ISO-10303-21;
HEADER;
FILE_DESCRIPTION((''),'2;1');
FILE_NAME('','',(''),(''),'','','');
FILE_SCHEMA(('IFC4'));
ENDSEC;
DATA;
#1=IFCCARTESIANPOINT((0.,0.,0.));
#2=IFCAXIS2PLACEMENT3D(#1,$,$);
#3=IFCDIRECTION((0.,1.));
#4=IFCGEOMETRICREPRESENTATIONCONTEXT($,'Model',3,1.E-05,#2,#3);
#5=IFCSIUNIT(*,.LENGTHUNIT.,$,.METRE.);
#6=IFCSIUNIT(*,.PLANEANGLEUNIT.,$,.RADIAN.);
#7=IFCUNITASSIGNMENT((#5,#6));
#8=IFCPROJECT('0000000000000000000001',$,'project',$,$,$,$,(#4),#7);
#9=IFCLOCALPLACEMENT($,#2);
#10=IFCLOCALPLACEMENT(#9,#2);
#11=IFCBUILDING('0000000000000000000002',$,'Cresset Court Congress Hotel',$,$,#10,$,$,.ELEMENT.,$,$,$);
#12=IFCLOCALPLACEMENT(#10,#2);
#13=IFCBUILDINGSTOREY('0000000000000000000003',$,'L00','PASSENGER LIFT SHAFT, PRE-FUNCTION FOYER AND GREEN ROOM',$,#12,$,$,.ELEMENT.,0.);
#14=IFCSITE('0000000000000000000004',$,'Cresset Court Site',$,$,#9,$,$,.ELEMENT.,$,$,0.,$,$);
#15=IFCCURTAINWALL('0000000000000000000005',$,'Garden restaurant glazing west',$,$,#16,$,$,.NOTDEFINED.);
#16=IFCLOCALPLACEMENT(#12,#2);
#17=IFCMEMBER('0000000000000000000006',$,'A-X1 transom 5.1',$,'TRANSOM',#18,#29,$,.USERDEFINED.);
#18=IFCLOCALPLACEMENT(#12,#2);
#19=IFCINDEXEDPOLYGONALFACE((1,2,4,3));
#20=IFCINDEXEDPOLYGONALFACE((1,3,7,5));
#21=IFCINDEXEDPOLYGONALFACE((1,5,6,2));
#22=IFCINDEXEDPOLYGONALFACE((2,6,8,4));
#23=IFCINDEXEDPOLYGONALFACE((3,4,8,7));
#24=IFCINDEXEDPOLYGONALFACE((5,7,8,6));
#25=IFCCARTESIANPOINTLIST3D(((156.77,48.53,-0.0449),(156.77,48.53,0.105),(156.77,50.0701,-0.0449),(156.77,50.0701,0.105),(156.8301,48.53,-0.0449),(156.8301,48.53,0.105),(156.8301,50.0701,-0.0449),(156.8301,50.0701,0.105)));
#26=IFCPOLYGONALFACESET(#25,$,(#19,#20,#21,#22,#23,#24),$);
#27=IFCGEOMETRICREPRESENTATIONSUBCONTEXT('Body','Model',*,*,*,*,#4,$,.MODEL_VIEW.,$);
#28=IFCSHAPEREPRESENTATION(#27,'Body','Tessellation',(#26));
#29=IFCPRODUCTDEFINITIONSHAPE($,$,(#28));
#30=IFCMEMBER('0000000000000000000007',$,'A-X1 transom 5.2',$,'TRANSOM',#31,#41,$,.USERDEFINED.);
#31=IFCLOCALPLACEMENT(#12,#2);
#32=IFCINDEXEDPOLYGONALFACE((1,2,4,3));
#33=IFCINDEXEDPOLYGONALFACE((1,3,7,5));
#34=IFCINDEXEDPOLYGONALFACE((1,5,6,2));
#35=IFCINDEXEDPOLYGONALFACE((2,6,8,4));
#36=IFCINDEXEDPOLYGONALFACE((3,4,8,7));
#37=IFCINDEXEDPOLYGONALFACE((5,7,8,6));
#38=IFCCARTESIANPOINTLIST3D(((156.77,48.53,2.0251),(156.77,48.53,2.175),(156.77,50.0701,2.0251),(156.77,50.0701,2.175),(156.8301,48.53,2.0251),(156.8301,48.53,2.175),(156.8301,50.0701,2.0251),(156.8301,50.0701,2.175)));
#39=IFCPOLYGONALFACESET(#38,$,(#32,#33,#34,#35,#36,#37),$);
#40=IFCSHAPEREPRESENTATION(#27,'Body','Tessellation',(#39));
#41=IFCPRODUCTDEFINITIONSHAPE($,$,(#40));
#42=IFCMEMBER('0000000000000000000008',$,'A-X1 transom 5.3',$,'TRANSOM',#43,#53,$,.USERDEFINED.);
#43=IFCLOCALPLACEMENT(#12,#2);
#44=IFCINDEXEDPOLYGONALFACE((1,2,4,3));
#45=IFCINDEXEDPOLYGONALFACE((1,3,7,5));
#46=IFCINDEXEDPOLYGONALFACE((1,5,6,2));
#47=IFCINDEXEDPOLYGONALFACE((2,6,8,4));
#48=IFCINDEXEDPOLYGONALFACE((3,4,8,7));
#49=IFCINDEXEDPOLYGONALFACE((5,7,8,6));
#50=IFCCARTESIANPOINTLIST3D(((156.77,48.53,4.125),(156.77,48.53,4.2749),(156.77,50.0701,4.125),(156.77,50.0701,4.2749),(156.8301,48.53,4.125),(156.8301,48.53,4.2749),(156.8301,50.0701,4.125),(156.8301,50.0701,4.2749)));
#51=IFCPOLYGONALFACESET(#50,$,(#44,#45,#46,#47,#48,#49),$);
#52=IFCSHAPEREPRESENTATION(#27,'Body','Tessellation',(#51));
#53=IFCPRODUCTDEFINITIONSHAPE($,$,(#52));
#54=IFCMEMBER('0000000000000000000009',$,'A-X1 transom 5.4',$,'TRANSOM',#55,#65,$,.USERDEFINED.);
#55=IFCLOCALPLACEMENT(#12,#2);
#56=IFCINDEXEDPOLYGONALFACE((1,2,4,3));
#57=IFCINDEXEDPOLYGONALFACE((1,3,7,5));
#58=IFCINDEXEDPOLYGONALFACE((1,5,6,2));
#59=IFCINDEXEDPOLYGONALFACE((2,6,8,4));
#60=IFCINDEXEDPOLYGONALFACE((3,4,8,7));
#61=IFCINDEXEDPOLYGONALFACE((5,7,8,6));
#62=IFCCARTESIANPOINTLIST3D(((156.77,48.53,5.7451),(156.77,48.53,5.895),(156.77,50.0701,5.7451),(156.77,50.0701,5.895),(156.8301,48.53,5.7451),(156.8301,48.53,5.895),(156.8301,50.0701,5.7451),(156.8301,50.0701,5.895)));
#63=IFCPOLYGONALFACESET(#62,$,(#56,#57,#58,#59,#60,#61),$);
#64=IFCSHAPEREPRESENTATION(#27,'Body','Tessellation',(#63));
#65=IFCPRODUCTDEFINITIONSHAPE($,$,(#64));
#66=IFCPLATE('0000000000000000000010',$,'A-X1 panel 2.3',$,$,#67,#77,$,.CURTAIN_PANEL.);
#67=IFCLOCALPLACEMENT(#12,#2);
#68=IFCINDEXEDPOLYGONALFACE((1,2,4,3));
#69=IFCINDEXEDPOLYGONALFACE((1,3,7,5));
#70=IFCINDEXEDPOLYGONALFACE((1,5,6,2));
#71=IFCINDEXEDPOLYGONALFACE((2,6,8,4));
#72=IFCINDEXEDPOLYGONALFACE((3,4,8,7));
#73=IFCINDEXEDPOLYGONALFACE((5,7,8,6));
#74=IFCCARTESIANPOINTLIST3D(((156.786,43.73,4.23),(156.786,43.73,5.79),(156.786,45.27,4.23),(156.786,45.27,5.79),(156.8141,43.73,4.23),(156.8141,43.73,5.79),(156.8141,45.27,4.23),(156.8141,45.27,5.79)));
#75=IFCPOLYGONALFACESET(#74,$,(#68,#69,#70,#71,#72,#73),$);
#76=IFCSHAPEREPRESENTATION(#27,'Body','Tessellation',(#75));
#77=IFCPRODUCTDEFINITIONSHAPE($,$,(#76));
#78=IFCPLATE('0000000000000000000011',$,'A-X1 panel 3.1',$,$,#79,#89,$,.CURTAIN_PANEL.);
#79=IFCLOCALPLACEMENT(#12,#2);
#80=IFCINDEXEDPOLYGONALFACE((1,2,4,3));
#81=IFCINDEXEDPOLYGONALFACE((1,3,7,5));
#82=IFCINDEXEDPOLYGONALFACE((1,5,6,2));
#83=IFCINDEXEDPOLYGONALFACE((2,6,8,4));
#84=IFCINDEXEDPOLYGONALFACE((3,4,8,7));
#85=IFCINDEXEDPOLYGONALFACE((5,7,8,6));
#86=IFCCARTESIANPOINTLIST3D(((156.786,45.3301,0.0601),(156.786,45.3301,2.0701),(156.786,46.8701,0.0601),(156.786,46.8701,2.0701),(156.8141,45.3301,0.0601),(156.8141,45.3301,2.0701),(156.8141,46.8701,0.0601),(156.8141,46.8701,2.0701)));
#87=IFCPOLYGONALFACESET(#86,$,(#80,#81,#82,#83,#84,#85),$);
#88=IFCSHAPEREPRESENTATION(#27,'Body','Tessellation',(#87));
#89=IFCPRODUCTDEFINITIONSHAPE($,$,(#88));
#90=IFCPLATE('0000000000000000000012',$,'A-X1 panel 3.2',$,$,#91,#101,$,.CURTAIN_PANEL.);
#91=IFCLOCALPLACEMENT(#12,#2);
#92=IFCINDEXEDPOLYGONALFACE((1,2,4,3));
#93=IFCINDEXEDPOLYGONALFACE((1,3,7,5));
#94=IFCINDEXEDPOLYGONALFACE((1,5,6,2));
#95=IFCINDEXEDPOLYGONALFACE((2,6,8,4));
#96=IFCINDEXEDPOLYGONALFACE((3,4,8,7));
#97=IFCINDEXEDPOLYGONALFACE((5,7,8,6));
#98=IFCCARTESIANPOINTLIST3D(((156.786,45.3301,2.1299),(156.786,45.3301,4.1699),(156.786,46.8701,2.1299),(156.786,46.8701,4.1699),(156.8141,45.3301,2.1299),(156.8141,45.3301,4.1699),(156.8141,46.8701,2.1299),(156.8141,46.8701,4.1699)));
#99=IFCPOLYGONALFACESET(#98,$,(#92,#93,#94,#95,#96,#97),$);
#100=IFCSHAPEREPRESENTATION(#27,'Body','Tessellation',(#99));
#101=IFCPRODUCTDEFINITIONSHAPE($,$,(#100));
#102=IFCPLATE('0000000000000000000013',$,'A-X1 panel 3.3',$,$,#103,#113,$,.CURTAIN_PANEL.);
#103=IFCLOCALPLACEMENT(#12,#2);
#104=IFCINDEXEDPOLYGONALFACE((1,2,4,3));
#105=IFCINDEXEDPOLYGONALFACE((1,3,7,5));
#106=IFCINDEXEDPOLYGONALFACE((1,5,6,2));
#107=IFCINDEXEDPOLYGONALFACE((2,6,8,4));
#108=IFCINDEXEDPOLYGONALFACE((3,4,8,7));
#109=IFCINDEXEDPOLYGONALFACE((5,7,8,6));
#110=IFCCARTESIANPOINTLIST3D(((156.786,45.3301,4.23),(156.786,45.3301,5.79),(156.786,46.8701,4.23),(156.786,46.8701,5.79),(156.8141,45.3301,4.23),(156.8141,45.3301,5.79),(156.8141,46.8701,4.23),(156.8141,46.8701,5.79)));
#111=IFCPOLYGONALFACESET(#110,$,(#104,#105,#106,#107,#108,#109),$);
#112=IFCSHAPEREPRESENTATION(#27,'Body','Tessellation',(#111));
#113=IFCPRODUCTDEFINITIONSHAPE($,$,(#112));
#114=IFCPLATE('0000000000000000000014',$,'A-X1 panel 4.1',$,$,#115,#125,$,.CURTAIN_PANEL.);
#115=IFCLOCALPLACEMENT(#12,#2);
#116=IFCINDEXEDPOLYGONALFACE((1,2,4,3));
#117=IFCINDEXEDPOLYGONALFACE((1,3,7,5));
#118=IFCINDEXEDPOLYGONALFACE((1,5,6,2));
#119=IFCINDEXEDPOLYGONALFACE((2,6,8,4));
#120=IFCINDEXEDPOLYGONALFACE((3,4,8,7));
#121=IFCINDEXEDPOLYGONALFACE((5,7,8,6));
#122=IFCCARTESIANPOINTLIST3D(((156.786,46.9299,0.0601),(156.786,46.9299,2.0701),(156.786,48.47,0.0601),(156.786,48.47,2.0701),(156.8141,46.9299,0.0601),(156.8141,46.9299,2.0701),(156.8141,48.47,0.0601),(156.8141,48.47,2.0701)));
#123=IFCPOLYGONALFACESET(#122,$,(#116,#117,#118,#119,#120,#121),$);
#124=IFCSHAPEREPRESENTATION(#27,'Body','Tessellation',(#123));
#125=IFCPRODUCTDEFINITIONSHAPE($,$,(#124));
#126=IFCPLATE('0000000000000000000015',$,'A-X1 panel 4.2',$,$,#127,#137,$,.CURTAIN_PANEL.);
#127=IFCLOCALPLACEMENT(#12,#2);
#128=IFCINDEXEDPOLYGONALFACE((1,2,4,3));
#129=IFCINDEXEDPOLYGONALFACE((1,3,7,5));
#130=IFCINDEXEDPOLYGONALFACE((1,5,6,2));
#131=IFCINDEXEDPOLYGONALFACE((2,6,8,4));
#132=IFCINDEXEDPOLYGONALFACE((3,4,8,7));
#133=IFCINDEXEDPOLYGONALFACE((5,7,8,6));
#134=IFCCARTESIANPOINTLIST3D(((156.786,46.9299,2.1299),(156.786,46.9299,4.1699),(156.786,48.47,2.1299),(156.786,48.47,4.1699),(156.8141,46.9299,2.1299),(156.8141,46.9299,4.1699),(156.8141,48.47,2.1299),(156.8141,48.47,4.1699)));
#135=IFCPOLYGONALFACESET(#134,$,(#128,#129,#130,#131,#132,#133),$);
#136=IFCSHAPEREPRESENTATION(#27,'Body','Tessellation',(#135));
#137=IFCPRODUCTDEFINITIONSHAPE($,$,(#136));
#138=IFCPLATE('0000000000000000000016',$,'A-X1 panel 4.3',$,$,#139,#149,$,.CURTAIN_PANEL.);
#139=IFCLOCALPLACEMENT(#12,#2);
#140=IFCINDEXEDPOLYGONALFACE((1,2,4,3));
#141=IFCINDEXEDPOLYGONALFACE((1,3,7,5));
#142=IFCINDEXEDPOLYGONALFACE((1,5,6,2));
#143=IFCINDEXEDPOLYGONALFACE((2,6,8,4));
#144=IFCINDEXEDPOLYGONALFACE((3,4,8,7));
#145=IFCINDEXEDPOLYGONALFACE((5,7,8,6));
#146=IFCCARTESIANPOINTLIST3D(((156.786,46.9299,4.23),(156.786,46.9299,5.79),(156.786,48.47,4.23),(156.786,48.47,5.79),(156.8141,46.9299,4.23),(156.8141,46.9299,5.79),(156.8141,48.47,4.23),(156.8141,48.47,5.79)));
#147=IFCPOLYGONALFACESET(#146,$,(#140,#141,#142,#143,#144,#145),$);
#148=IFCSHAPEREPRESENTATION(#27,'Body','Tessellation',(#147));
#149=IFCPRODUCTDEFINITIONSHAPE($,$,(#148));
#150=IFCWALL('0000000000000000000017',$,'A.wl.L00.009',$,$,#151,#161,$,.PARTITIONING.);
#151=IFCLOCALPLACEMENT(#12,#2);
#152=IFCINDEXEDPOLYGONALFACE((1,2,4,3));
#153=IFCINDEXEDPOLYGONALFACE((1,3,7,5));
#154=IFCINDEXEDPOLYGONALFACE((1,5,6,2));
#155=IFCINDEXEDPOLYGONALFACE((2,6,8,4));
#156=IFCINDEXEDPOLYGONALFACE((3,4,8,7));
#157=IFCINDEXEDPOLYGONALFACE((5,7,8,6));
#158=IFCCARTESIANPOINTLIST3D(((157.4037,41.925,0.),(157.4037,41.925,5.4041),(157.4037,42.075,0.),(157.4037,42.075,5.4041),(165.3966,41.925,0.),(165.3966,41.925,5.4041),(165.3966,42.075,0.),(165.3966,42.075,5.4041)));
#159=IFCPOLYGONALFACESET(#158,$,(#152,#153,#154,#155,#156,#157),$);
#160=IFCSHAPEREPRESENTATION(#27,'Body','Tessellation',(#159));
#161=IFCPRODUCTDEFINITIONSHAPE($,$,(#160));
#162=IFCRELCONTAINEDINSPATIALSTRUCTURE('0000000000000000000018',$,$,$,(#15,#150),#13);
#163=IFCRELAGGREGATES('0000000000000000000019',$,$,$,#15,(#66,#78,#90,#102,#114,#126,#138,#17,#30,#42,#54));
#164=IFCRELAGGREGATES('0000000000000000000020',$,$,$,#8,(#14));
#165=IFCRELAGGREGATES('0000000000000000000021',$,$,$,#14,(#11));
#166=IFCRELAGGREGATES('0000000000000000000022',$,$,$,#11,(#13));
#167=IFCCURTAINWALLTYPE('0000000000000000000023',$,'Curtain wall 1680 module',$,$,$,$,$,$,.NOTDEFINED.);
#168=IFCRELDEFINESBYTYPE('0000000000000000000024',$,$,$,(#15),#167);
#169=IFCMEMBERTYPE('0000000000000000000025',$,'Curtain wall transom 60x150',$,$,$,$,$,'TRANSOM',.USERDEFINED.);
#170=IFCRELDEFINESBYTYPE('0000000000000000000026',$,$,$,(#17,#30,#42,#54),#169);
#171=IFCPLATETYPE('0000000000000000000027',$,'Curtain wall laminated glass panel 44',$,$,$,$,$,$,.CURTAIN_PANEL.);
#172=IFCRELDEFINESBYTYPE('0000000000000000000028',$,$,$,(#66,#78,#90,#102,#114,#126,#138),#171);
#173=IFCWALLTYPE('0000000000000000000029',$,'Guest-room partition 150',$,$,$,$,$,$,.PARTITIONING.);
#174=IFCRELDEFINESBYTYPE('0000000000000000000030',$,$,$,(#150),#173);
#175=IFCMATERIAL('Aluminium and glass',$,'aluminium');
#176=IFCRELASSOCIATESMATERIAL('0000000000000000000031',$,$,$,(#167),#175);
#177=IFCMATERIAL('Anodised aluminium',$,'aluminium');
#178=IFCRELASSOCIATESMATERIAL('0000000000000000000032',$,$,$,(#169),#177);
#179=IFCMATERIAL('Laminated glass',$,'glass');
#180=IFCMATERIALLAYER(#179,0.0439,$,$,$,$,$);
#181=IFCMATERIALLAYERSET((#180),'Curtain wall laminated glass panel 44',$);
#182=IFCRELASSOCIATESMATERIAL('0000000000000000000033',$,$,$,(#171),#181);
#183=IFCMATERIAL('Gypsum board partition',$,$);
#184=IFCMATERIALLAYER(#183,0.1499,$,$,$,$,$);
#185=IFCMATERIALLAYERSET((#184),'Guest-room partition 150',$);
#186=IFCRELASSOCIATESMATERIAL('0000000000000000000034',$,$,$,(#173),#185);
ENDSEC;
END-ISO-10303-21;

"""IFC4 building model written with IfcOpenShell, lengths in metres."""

from ifc_helpers import new_model, si_unit, direction, frame, frame_2d, origin, origin_2d, place, context, subcontext, project, spatial, rectangle, extrude, material, layer, layer_set, material_profile, profile_set, type_object, element, aggregate, save


model = new_model("IFC4")

# Units and contexts
model_context = context("Model", 3, precision=1e-05, world=origin(), true_north=direction((0.0, 1.0)))
body_context = subcontext(model_context, "Body", "Model", "MODEL_VIEW")
ifc_project = project(units=[si_unit("LENGTHUNIT", "METRE"), si_unit("PLANEANGLEUNIT", "RADIAN")], contexts=[model_context])

# Site, building, storey
site_placement = place(None, origin())
site = spatial("IfcSite", under=ifc_project, at=site_placement, Name="Cresset Court Site", CompositionType="ELEMENT", RefElevation=0.0)
building_placement = place(site_placement, origin())
building = spatial("IfcBuilding", under=site, at=building_placement, Name="Cresset Court Congress Hotel", CompositionType="ELEMENT")
storey_placement = place(building_placement, origin())
storey = spatial("IfcBuildingStorey", under=building, at=storey_placement, Name="L00", Description="PASSENGER LIFT SHAFT, PRE-FUNCTION FOYER AND GREEN ROOM", CompositionType="ELEMENT", Elevation=0.0)

# Curtain wall, members, plates
ifc_material_1 = material(Name="Aluminium and glass", Category="aluminium")
curtain_wall_type = type_object("IfcCurtainWallType", Name="Curtain wall 1680 module", PredefinedType="NOTDEFINED", material=ifc_material_1)
curtain_wall_placement = place(storey_placement, origin())
curtain_wall = element("IfcCurtainWall", 1, at=curtain_wall_placement, inside=storey, type_object=curtain_wall_type, Name="Garden restaurant glazing west", PredefinedType="NOTDEFINED")
ifc_material_2 = material(Name="Anodised aluminium", Category="aluminium")
ifc_material_profile_1 = material_profile(ifc_material_2, rectangle(XDim=0.0601, YDim=0.1499, at=origin_2d()), Name="RECT60x150")
ifc_profile_set_1 = profile_set([ifc_material_profile_1], Name="Anodised aluminium")
member_type_1 = type_object("IfcMemberType", Name="Curtain wall transom 60x150", ElementType="TRANSOM", PredefinedType="USERDEFINED", material=ifc_profile_set_1)
member_1_placement = place(storey_placement, frame((156.8, 48.53, 0.03), z_axis=(0.0, 1.0, 0.0), x_axis=(-1.0, 0.0, 0.0)))
member_1 = element("IfcMember", 2, at=member_1_placement, type_object=member_type_1, Name="A-X1 transom 5.1", ObjectType="TRANSOM", PredefinedType="USERDEFINED", context=body_context, shape_type="SweptSolid", body=[
    extrude(rectangle(XDim=0.0601, YDim=0.1499, at=origin_2d()), origin(), (0.0, 0.0, 1.0), 1.54),
])
member_2_placement = place(storey_placement, frame((156.8, 48.53, 2.1001), z_axis=(0.0, 1.0, 0.0), x_axis=(-1.0, 0.0, 0.0)))
member_2 = element("IfcMember", 3, at=member_2_placement, type_object=member_type_1, Name="A-X1 transom 5.2", ObjectType="TRANSOM", PredefinedType="USERDEFINED", context=body_context, shape_type="SweptSolid", body=[
    extrude(rectangle(XDim=0.0601, YDim=0.1499, at=origin_2d()), origin(), (0.0, 0.0, 1.0), 1.54),
])
member_3_placement = place(storey_placement, frame((156.8, 48.53, 4.2), z_axis=(0.0, 1.0, 0.0), x_axis=(-1.0, 0.0, 0.0)))
member_3 = element("IfcMember", 4, at=member_3_placement, type_object=member_type_1, Name="A-X1 transom 5.3", ObjectType="TRANSOM", PredefinedType="USERDEFINED", context=body_context, shape_type="SweptSolid", body=[
    extrude(rectangle(XDim=0.0601, YDim=0.1499, at=origin_2d()), origin(), (0.0, 0.0, 1.0), 1.54),
])
member_4_placement = place(storey_placement, frame((156.8, 48.53, 5.8201), z_axis=(0.0, 1.0, 0.0), x_axis=(-1.0, 0.0, 0.0)))
member_4 = element("IfcMember", 5, at=member_4_placement, type_object=member_type_1, Name="A-X1 transom 5.4", ObjectType="TRANSOM", PredefinedType="USERDEFINED", context=body_context, shape_type="SweptSolid", body=[
    extrude(rectangle(XDim=0.0601, YDim=0.1499, at=origin_2d()), origin(), (0.0, 0.0, 1.0), 1.54),
])
ifc_material_3 = material(Name="Laminated glass", Category="glass")
ifc_layer_1 = layer(ifc_material_3, 0.0439)
ifc_layer_set_1 = layer_set([ifc_layer_1], Name="Curtain wall laminated glass panel 44")
plate_type = type_object("IfcPlateType", Name="Curtain wall laminated glass panel 44", PredefinedType="CURTAIN_PANEL", material=ifc_layer_set_1)
plate_1_placement = place(storey_placement, frame((156.8, 44.5, 4.23), z_axis=(0.0, 0.0, 1.0), x_axis=(0.0, 1.0, 0.0)))
plate_1 = element("IfcPlate", 6, at=plate_1_placement, type_object=plate_type, Name="A-X1 panel 2.3", PredefinedType="CURTAIN_PANEL", context=body_context, shape_type="SweptSolid", body=[
    extrude(rectangle(XDim=1.54, YDim=0.0281, at=origin_2d()), origin(), (0.0, 0.0, 1.0), 1.5601),
])
plate_2_placement = place(storey_placement, frame((156.8, 46.1001, 0.0601), z_axis=(0.0, 0.0, 1.0), x_axis=(0.0, 1.0, 0.0)))
plate_2 = element("IfcPlate", 7, at=plate_2_placement, type_object=plate_type, Name="A-X1 panel 3.1", PredefinedType="CURTAIN_PANEL", context=body_context, shape_type="SweptSolid", body=[
    extrude(rectangle(XDim=1.54, YDim=0.0281, at=origin_2d()), origin(), (0.0, 0.0, 1.0), 2.01),
])
plate_3_placement = place(storey_placement, frame((156.8, 46.1001, 2.1299), z_axis=(0.0, 0.0, 1.0), x_axis=(0.0, 1.0, 0.0)))
plate_3 = element("IfcPlate", 8, at=plate_3_placement, type_object=plate_type, Name="A-X1 panel 3.2", PredefinedType="CURTAIN_PANEL", context=body_context, shape_type="SweptSolid", body=[
    extrude(rectangle(XDim=1.54, YDim=0.0281, at=origin_2d()), origin(), (0.0, 0.0, 1.0), 2.04),
])
plate_4_placement = place(storey_placement, frame((156.8, 46.1001, 4.23), z_axis=(0.0, 0.0, 1.0), x_axis=(0.0, 1.0, 0.0)))
plate_4 = element("IfcPlate", 9, at=plate_4_placement, type_object=plate_type, Name="A-X1 panel 3.3", PredefinedType="CURTAIN_PANEL", context=body_context, shape_type="SweptSolid", body=[
    extrude(rectangle(XDim=1.54, YDim=0.0281, at=origin_2d()), origin(), (0.0, 0.0, 1.0), 1.5601),
])
plate_5_placement = place(storey_placement, frame((156.8, 47.7, 0.0601), z_axis=(0.0, 0.0, 1.0), x_axis=(0.0, 1.0, 0.0)))
plate_5 = element("IfcPlate", 10, at=plate_5_placement, type_object=plate_type, Name="A-X1 panel 4.1", PredefinedType="CURTAIN_PANEL", context=body_context, shape_type="SweptSolid", body=[
    extrude(rectangle(XDim=1.54, YDim=0.0281, at=origin_2d()), origin(), (0.0, 0.0, 1.0), 2.01),
])
plate_6_placement = place(storey_placement, frame((156.8, 47.7, 2.1299), z_axis=(0.0, 0.0, 1.0), x_axis=(0.0, 1.0, 0.0)))
plate_6 = element("IfcPlate", 11, at=plate_6_placement, type_object=plate_type, Name="A-X1 panel 4.2", PredefinedType="CURTAIN_PANEL", context=body_context, shape_type="SweptSolid", body=[
    extrude(rectangle(XDim=1.54, YDim=0.0281, at=origin_2d()), origin(), (0.0, 0.0, 1.0), 2.04),
])
plate_7_placement = place(storey_placement, frame((156.8, 47.7, 4.23), z_axis=(0.0, 0.0, 1.0), x_axis=(0.0, 1.0, 0.0)))
plate_7 = element("IfcPlate", 12, at=plate_7_placement, type_object=plate_type, Name="A-X1 panel 4.3", PredefinedType="CURTAIN_PANEL", context=body_context, shape_type="SweptSolid", body=[
    extrude(rectangle(XDim=1.54, YDim=0.0281, at=origin_2d()), origin(), (0.0, 0.0, 1.0), 1.5601),
])
aggregate(curtain_wall, [plate_1, plate_2, plate_3, plate_4, plate_5, plate_6, plate_7, member_1, member_2, member_3, member_4])

# Wall
ifc_material_4 = material(Name="Gypsum board partition")
ifc_layer_2 = layer(ifc_material_4, 0.1499)
ifc_layer_set_2 = layer_set([ifc_layer_2], Name="Guest-room partition 150")
wall_type = type_object("IfcWallType", Name="Guest-room partition 150", PredefinedType="PARTITIONING", material=ifc_layer_set_2)
wall_placement = place(storey_placement, frame((157.4036, 42.0, 0.0), z_axis=(0.0, 0.0, 1.0), x_axis=(1.0, 0.0, 0.0)))
element("IfcWall", 13, at=wall_placement, inside=storey, type_object=wall_type, Name="A.wl.L00.009", PredefinedType="PARTITIONING", context=body_context, shape_type="SweptSolid", body=[
    extrude(rectangle(XDim=7.9929, YDim=0.1499, at=frame_2d((3.9966, 0.0))), origin(), (0.0, 0.0, 1.0), 5.4041),
])

save(model, "model.ifc")
